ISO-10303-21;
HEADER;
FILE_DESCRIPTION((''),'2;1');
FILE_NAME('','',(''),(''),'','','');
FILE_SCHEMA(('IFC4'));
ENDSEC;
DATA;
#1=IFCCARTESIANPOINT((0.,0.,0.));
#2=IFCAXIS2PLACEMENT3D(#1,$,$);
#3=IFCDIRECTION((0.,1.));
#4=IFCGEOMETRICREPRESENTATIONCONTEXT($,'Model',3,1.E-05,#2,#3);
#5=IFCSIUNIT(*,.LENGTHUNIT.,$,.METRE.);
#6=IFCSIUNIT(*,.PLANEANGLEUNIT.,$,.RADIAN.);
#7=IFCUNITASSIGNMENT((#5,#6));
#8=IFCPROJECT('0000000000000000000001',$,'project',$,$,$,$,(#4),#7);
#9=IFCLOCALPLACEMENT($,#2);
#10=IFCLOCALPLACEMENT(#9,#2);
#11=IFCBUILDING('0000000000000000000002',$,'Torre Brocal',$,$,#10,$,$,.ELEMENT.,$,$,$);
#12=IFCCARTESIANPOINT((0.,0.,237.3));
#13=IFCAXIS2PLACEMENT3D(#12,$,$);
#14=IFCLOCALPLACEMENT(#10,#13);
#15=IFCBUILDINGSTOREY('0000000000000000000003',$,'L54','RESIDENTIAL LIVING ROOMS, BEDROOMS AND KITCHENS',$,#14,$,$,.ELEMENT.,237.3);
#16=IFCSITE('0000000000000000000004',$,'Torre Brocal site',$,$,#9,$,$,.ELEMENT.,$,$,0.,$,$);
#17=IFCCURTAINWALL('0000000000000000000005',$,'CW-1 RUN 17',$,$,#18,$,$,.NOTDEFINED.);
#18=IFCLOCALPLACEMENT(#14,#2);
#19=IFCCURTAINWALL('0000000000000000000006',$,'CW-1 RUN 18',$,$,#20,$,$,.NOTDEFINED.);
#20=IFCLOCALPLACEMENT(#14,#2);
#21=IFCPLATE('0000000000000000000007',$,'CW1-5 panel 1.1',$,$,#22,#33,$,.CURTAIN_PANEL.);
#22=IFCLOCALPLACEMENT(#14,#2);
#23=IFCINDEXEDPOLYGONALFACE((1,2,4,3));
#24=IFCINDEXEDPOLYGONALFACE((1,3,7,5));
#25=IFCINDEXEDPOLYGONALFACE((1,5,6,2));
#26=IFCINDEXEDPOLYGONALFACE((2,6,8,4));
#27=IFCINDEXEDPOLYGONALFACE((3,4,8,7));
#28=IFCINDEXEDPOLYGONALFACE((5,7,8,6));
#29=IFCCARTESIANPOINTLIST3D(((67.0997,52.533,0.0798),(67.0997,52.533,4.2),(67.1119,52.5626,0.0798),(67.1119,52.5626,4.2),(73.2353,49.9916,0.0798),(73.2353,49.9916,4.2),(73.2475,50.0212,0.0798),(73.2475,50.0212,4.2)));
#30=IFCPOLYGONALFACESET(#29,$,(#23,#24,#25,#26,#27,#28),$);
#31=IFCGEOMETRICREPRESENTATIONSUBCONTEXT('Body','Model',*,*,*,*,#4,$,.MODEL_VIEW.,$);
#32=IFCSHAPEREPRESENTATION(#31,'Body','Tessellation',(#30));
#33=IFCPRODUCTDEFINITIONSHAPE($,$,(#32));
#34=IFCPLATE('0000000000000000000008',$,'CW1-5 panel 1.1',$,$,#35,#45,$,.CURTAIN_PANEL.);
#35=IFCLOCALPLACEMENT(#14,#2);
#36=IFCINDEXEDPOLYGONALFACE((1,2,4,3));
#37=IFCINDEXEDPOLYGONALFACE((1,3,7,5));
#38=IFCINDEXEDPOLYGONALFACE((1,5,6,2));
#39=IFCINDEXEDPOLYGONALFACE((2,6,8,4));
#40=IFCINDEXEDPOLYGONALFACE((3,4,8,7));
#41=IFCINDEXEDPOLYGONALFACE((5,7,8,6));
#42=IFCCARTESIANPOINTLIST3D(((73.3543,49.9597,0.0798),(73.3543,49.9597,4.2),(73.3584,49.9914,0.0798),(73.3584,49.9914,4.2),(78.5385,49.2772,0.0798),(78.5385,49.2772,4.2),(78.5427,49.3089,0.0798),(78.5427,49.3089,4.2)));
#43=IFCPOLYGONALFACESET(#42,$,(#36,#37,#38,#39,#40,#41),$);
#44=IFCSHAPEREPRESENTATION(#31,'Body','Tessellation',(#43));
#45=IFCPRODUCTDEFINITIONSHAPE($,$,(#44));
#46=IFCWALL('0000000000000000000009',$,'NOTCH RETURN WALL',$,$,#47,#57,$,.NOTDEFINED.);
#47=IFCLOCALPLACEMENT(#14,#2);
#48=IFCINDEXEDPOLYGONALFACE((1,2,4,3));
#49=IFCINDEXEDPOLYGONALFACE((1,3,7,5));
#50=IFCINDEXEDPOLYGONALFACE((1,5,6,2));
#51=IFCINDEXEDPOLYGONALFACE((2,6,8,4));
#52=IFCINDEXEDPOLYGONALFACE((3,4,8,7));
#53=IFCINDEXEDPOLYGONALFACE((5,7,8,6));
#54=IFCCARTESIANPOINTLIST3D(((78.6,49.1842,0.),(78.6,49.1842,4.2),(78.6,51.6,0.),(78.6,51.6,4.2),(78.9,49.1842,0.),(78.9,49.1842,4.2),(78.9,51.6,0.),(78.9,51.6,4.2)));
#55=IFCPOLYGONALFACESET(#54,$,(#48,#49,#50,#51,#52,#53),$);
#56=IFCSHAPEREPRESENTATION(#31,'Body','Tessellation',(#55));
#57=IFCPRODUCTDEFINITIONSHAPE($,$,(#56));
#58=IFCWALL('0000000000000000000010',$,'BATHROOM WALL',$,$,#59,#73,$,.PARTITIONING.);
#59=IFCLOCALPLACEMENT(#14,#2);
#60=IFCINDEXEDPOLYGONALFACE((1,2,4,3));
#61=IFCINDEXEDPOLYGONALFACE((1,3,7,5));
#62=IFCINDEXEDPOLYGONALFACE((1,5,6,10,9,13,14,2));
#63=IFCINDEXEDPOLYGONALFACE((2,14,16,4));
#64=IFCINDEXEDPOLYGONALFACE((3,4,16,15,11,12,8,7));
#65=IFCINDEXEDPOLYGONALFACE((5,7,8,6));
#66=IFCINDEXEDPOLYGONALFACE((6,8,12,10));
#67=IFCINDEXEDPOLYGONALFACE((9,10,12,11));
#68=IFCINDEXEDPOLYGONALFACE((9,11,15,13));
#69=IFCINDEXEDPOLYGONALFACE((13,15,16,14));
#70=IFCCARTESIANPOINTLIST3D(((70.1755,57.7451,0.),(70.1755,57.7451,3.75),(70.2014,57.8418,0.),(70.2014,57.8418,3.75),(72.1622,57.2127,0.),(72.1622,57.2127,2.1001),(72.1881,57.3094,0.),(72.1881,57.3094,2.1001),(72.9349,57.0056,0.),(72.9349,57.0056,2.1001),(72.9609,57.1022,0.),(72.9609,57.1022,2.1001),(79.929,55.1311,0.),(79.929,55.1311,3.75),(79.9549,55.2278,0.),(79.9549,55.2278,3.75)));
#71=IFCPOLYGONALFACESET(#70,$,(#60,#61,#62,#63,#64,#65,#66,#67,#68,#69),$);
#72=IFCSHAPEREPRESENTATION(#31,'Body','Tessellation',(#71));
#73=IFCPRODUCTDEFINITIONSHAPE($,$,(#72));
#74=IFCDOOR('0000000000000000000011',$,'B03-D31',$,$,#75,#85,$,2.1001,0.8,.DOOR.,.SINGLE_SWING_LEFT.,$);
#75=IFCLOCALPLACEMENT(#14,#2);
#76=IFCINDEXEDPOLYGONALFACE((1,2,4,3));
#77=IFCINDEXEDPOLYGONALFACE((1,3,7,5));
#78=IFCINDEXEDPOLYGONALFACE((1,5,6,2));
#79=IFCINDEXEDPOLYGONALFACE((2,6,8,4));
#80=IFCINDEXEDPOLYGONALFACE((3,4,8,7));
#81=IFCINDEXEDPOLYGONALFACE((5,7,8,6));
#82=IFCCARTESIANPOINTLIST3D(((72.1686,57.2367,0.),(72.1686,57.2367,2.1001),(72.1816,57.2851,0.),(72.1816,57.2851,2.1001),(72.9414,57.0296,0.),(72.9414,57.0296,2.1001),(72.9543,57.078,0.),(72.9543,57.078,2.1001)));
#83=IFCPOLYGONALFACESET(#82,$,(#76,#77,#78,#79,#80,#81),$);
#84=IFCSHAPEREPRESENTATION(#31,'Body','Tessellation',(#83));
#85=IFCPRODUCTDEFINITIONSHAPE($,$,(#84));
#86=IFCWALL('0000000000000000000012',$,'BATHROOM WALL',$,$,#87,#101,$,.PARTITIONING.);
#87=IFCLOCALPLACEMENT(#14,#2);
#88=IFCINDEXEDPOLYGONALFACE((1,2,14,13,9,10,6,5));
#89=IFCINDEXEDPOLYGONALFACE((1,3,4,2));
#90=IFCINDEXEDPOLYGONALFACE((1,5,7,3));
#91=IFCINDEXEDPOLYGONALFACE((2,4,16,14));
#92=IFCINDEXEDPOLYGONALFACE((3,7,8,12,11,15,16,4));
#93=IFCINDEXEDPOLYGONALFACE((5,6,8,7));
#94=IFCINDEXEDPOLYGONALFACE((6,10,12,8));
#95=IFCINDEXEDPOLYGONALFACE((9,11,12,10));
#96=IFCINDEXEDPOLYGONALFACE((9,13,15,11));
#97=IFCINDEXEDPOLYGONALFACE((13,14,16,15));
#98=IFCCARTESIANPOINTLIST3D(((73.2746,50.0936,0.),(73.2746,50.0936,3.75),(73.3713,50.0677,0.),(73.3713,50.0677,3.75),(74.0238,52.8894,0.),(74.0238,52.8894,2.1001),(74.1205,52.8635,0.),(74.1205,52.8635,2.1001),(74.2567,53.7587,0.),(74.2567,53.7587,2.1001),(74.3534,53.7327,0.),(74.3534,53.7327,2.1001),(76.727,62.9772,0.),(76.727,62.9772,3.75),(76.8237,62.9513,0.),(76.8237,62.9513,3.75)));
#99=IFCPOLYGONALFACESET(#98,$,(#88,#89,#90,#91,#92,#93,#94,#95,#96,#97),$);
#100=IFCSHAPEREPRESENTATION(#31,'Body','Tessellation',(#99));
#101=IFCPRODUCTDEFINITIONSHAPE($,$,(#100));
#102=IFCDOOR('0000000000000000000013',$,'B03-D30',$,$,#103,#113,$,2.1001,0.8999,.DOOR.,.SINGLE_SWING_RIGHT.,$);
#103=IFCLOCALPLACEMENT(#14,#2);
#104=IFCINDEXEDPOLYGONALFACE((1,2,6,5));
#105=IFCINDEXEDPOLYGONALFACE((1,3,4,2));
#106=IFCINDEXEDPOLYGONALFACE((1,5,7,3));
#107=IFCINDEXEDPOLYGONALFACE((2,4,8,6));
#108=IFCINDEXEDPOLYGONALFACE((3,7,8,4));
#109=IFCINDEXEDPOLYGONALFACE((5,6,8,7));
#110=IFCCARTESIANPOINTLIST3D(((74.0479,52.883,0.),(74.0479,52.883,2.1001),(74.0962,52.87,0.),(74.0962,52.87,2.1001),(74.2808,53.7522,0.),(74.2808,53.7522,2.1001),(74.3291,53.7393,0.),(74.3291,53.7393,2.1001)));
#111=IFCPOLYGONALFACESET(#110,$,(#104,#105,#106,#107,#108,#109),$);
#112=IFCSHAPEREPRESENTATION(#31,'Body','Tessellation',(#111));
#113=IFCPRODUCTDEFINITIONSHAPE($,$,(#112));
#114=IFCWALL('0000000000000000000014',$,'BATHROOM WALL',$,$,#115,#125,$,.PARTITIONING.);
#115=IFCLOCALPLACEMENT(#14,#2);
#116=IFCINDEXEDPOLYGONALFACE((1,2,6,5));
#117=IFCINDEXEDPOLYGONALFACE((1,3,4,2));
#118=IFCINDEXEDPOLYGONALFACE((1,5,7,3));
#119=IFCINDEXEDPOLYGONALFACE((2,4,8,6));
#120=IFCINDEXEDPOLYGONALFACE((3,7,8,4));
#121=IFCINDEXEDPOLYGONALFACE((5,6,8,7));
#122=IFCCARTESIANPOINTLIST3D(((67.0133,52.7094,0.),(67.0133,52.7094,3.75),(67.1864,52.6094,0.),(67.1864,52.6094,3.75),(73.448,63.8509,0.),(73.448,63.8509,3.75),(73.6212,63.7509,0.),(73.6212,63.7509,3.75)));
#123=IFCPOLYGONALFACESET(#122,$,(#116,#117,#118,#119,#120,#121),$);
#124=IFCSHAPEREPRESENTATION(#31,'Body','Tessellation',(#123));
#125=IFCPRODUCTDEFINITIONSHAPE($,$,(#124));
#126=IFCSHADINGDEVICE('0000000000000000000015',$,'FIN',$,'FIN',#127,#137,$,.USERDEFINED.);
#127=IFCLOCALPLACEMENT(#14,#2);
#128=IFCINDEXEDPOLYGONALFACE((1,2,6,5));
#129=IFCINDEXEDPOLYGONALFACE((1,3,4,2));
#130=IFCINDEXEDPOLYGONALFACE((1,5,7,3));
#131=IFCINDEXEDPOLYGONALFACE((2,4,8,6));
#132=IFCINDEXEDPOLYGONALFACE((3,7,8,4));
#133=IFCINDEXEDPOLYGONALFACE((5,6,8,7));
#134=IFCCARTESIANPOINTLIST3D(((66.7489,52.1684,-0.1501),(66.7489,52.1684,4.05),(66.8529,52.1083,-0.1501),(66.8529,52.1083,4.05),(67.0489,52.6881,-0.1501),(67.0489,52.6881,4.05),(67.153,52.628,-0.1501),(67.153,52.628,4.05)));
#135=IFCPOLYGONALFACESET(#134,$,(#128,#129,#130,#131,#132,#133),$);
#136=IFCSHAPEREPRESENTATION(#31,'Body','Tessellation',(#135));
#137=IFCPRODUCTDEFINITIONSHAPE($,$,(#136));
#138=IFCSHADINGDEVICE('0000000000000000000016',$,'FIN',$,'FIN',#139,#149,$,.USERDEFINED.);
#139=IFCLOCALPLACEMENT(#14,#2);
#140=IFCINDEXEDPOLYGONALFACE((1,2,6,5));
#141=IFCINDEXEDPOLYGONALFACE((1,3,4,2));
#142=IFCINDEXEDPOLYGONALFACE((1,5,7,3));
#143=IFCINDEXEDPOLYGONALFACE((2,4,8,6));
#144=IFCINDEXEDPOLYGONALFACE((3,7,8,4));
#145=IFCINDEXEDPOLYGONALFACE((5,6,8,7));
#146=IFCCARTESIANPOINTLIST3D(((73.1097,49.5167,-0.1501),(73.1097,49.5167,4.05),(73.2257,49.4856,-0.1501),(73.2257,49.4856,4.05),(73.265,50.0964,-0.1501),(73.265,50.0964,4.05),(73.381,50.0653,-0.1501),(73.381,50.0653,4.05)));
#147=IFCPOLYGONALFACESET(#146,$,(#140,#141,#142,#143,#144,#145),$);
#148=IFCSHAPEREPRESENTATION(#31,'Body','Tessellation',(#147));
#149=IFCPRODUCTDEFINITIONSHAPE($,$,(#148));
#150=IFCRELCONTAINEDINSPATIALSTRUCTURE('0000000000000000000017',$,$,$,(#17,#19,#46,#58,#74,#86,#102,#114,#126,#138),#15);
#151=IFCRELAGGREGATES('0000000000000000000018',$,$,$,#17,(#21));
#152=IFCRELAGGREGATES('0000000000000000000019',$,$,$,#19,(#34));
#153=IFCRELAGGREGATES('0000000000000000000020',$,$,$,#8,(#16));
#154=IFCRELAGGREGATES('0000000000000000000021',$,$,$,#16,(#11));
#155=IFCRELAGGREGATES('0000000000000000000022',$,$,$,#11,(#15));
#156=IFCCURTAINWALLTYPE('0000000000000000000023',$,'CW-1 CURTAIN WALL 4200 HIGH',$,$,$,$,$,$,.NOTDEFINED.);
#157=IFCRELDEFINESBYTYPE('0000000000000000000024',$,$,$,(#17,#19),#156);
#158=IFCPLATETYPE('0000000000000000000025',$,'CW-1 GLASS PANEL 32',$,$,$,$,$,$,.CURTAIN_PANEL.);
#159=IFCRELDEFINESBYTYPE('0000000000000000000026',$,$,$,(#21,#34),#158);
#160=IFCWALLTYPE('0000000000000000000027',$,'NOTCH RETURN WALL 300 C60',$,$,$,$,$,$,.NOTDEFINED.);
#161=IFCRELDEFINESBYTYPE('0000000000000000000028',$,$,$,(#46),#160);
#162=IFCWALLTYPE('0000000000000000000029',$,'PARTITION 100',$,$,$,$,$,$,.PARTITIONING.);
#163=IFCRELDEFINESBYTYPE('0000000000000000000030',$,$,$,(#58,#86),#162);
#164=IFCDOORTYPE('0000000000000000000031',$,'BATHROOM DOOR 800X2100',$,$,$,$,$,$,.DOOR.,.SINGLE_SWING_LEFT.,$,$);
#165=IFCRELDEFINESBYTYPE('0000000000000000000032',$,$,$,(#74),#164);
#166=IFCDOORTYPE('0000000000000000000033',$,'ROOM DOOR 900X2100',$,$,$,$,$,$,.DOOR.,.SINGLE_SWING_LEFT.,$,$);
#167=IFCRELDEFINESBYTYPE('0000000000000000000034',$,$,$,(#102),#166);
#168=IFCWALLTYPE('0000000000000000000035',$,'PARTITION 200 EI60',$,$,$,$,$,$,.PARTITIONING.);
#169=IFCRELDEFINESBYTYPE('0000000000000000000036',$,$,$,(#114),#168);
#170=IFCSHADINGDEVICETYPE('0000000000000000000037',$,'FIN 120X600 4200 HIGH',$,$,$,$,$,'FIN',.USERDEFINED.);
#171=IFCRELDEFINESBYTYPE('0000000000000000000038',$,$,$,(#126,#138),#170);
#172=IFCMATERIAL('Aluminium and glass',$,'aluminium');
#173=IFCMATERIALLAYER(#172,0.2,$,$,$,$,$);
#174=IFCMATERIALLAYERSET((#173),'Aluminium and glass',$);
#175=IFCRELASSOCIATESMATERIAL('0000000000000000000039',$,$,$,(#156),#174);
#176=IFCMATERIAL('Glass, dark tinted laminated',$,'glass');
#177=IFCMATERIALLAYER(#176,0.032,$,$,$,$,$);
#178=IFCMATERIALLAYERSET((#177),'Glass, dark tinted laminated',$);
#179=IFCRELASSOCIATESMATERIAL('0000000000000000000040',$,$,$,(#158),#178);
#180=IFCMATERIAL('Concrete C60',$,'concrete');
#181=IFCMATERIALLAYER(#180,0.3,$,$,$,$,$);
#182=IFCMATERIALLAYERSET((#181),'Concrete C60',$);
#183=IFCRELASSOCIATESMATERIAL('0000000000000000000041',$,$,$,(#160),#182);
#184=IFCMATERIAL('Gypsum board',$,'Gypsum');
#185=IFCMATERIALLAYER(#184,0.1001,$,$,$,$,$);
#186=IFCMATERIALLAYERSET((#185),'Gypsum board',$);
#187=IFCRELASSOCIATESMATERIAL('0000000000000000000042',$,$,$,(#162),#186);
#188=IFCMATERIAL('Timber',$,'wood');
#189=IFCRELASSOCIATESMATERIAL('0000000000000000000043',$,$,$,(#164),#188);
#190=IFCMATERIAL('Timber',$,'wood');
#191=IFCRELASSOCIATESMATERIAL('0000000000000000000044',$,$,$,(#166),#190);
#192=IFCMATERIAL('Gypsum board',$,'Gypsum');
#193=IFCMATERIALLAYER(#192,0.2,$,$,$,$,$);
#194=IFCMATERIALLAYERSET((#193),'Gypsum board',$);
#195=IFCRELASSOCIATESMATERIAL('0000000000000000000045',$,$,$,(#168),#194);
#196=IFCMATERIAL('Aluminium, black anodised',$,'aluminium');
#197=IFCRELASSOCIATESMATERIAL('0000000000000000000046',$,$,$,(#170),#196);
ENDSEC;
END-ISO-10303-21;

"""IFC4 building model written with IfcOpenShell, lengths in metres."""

from ifc_helpers import new_model, si_unit, direction, frame, frame_2d, origin, origin_2d, place, context, subcontext, project, spatial, rectangle, extrude, material, layer, layer_set, material_profile, profile_set, type_object, element, fill, aggregate, save


model = new_model("IFC4")

# Units and contexts
model_context = context("Model", 3, precision=1e-05, world=origin(), true_north=direction((0.0, 1.0)))
body_context = subcontext(model_context, "Body", "Model", "MODEL_VIEW")
ifc_project = project(units=[si_unit("LENGTHUNIT", "METRE"), si_unit("PLANEANGLEUNIT", "RADIAN")], contexts=[model_context])

# Site, building, storey
site_placement = place(None, origin())
site = spatial("IfcSite", under=ifc_project, at=site_placement, Name="Torre Brocal site", CompositionType="ELEMENT", RefElevation=0.0)
building_placement = place(site_placement, origin())
building = spatial("IfcBuilding", under=site, at=building_placement, Name="Torre Brocal", CompositionType="ELEMENT")
storey_placement = place(building_placement, frame((0.0, 0.0, 237.3)))
storey = spatial("IfcBuildingStorey", under=building, at=storey_placement, Name="L54", Description="RESIDENTIAL LIVING ROOMS, BEDROOMS AND KITCHENS", CompositionType="ELEMENT", Elevation=237.3)

# Shared definitions
ifc_material_1 = material(Name="Aluminium and glass", Category="aluminium")
ifc_layer_1 = layer(ifc_material_1, 0.2)
ifc_layer_set_1 = layer_set([ifc_layer_1], Name="Aluminium and glass")
curtain_wall_type = type_object("IfcCurtainWallType", Name="CW-1 CURTAIN WALL 4200 HIGH", PredefinedType="NOTDEFINED", material=ifc_layer_set_1)

# Curtain walls
curtain_wall_1_placement = place(storey_placement, origin())
curtain_wall_1 = element("IfcCurtainWall", 1, at=curtain_wall_1_placement, inside=storey, type_object=curtain_wall_type, Name="CW-1 RUN 17", PredefinedType="NOTDEFINED")
curtain_wall_2_placement = place(storey_placement, origin())
curtain_wall_2 = element("IfcCurtainWall", 2, at=curtain_wall_2_placement, inside=storey, type_object=curtain_wall_type, Name="CW-1 RUN 18", PredefinedType="NOTDEFINED")

# Plates
ifc_material_2 = material(Name="Glass, dark tinted laminated", Category="glass")
ifc_layer_2 = layer(ifc_material_2, 0.032)
ifc_layer_set_2 = layer_set([ifc_layer_2], Name="Glass, dark tinted laminated")
plate_type = type_object("IfcPlateType", Name="CW-1 GLASS PANEL 32", PredefinedType="CURTAIN_PANEL", material=ifc_layer_set_2)
plate_1_placement = place(storey_placement, frame((70.1736, 51.2771, 0.0798), z_axis=(0.0, 0.0, 1.0), x_axis=(0.92388, -0.382683, 0.0)))
plate_1 = element("IfcPlate", 3, at=plate_1_placement, type_object=plate_type, Name="CW1-5 panel 1.1", PredefinedType="CURTAIN_PANEL", context=body_context, shape_type="SweptSolid", body=[
    extrude(rectangle(XDim=6.6411, YDim=0.032, at=origin_2d()), origin(), (0.0, 0.0, 1.0), 4.1201),
])
aggregate(curtain_wall_1, [plate_1])
plate_2_placement = place(storey_placement, frame((75.9485, 49.6343, 0.0798), z_axis=(0.0, 0.0, 1.0), x_axis=(0.991445, -0.130526, 0.0)))
plate_2 = element("IfcPlate", 4, at=plate_2_placement, type_object=plate_type, Name="CW1-5 panel 1.1", PredefinedType="CURTAIN_PANEL", context=body_context, shape_type="SweptSolid", body=[
    extrude(rectangle(XDim=5.229, YDim=0.032, at=origin_2d()), origin(), (0.0, 0.0, 1.0), 4.1201),
])
aggregate(curtain_wall_2, [plate_2])

# Wall
ifc_material_3 = material(Name="Concrete C60", Category="concrete")
ifc_layer_3 = layer(ifc_material_3, 0.3)
ifc_layer_set_3 = layer_set([ifc_layer_3], Name="Concrete C60")
wall_type_1 = type_object("IfcWallType", Name="NOTCH RETURN WALL 300 C60", PredefinedType="NOTDEFINED", material=ifc_layer_set_3)
wall_1_placement = place(storey_placement, frame((78.75, 51.6001, 0.0), z_axis=(0.0, 0.0, 1.0), x_axis=(0.0, -1.0, 0.0)))
element("IfcWall", 5, at=wall_1_placement, inside=storey, type_object=wall_type_1, Name="NOTCH RETURN WALL", PredefinedType="NOTDEFINED", context=body_context, shape_type="SweptSolid", body=[
    extrude(rectangle(XDim=2.4158, YDim=0.3, at=frame_2d((1.208, 0.0))), origin(), (0.0, 0.0, 1.0), 4.2),
])

# Walls, openings, doors
ifc_material_4 = material(Name="Gypsum board", Category="Gypsum")
ifc_layer_4 = layer(ifc_material_4, 0.1001)
ifc_layer_set_4 = layer_set([ifc_layer_4], Name="Gypsum board")
wall_type_2 = type_object("IfcWallType", Name="PARTITION 100", PredefinedType="PARTITIONING", material=ifc_layer_set_4)
wall_2_placement = place(storey_placement, frame((70.1885, 57.7935, 0.0), z_axis=(0.0, 0.0, 1.0), x_axis=(0.965911, -0.258874, 0.0)))
wall_2 = element("IfcWall", 6, at=wall_2_placement, inside=storey, type_object=wall_type_2, Name="BATHROOM WALL", PredefinedType="PARTITIONING", context=body_context, shape_type="SweptSolid", body=[
    extrude(rectangle(XDim=10.0977, YDim=0.1001, at=frame_2d((5.0488, 0.0))), origin(), (0.0, 0.0, 1.0), 3.75),
])
opening_1_placement = place(wall_2_placement, frame((2.0569, 0.0, 0.0)))
opening_1 = element("IfcOpeningElement", 7, at=opening_1_placement, cuts=wall_2, PredefinedType="OPENING", context=body_context, shape_type="SweptSolid", body=[
    extrude(rectangle(XDim=0.8, YDim=2.1001, at=frame_2d((0.3999, 1.05))), frame((0.0, 0.0601, 0.0), z_axis=(0.0, -1.0, 0.0), x_axis=(1.0, 0.0, 0.0)), (0.0, 0.0, 1.0), 0.1201),
])
ifc_material_5 = material(Name="Timber", Category="wood")
door_type_1 = type_object("IfcDoorType", Name="BATHROOM DOOR 800X2100", OperationType="SINGLE_SWING_LEFT", PredefinedType="DOOR", material=ifc_material_5)
door_1_placement = place(opening_1_placement, origin())
door_1 = element("IfcDoor", 8, at=door_1_placement, inside=storey, type_object=door_type_1, Name="B03-D31", OperationType="SINGLE_SWING_LEFT", OverallHeight=2.1001, OverallWidth=0.8, PredefinedType="DOOR", context=body_context, shape_type="SweptSolid", body=[
    extrude(rectangle(XDim=0.8, YDim=2.1001, at=frame_2d((0.3999, 1.05))), frame((0.0, 0.0249, 0.0), z_axis=(0.0, -1.0, 0.0), x_axis=(1.0, 0.0, 0.0)), (0.0, 0.0, 1.0), 0.05),
])
fill(opening_1, door_1)
wall_3_placement = place(storey_placement, frame((73.323, 50.0808, 0.0), z_axis=(0.0, 0.0, 1.0), x_axis=(0.258837, 0.965921, 0.0)))
wall_3 = element("IfcWall", 9, at=wall_3_placement, inside=storey, type_object=wall_type_2, Name="BATHROOM WALL", PredefinedType="PARTITIONING", context=body_context, shape_type="SweptSolid", body=[
    extrude(rectangle(XDim=13.3381, YDim=0.1001, at=frame_2d((6.6689, 0.0))), origin(), (0.0, 0.0, 1.0), 3.75),
])
opening_2_placement = place(wall_3_placement, frame((2.8943, 0.0, 0.0)))
opening_2 = element("IfcOpeningElement", 10, at=opening_2_placement, cuts=wall_3, PredefinedType="OPENING", context=body_context, shape_type="SweptSolid", body=[
    extrude(rectangle(XDim=0.8999, YDim=2.1001, at=frame_2d((0.45, 1.05))), frame((0.0, 0.0601, 0.0), z_axis=(0.0, -1.0, 0.0), x_axis=(1.0, 0.0, 0.0)), (0.0, 0.0, 1.0), 0.1201),
])
ifc_material_6 = material(Name="Timber", Category="wood")
door_type_2 = type_object("IfcDoorType", Name="ROOM DOOR 900X2100", OperationType="SINGLE_SWING_LEFT", PredefinedType="DOOR", material=ifc_material_6)
door_2_placement = place(opening_2_placement, frame((0.8999, 0.0, 0.0), z_axis=(0.0, 0.0, 1.0), x_axis=(-1.0, 0.0, 0.0)))
door_2 = element("IfcDoor", 11, at=door_2_placement, inside=storey, type_object=door_type_2, Name="B03-D30", OperationType="SINGLE_SWING_RIGHT", OverallHeight=2.1001, OverallWidth=0.8999, PredefinedType="DOOR", context=body_context, shape_type="SweptSolid", body=[
    extrude(rectangle(XDim=0.8999, YDim=2.1001, at=frame_2d((0.45, 1.05))), frame((0.0, 0.0249, 0.0), z_axis=(0.0, -1.0, 0.0), x_axis=(1.0, 0.0, 0.0)), (0.0, 0.0, 1.0), 0.05),
])
fill(opening_2, door_2)

# Wall
ifc_material_7 = material(Name="Gypsum board", Category="Gypsum")
ifc_layer_5 = layer(ifc_material_7, 0.2)
ifc_layer_set_5 = layer_set([ifc_layer_5], Name="Gypsum board")
wall_type_3 = type_object("IfcWallType", Name="PARTITION 200 EI60", PredefinedType="PARTITIONING", material=ifc_layer_set_5)
wall_4_placement = place(storey_placement, frame((67.0999, 52.6594, 0.0), z_axis=(0.0, 0.0, 1.0), x_axis=(0.500129, 0.865951, 0.0)))
element("IfcWall", 12, at=wall_4_placement, inside=storey, type_object=wall_type_3, Name="BATHROOM WALL", PredefinedType="PARTITIONING", context=body_context, shape_type="SweptSolid", body=[
    extrude(rectangle(XDim=12.8662, YDim=0.2, at=frame_2d((6.4331, 0.0))), origin(), (0.0, 0.0, 1.0), 3.75),
])

# Shading devices
ifc_material_8 = material(Name="Aluminium, black anodised", Category="aluminium")
ifc_material_profile_1 = material_profile(ifc_material_8, rectangle(XDim=0.1201, YDim=0.6001, at=origin_2d()), Name="FIN 120X600 4200 HIGH")
ifc_profile_set_1 = profile_set([ifc_material_profile_1], Name="Aluminium, black anodised")
shading_device_type = type_object("IfcShadingDeviceType", Name="FIN 120X600 4200 HIGH", ElementType="FIN", PredefinedType="USERDEFINED", material=ifc_profile_set_1)
for number, where, z_axis, x_axis, name in (
    (13, (66.9509, 52.3982, -0.1501), (0.0, 0.0, 1.0), (0.866025, -0.5, 0.0), "FIN"),
    (14, (73.2454, 49.791, -0.1501), (0.0, 0.0, 1.0), (0.965926, -0.258819, 0.0), "FIN"),
):
    element("IfcShadingDevice", number, at=place(storey_placement, frame(where, z_axis=z_axis, x_axis=x_axis)), inside=storey, type_object=shading_device_type, Name=name, ObjectType="FIN", PredefinedType="USERDEFINED", context=body_context, shape_type="SweptSolid", body=[
        extrude(rectangle(XDim=0.1201, YDim=0.6001, at=origin_2d()), origin(), (0.0, 0.0, 1.0), 4.2002),
    ])

save(model, "model.ifc")
